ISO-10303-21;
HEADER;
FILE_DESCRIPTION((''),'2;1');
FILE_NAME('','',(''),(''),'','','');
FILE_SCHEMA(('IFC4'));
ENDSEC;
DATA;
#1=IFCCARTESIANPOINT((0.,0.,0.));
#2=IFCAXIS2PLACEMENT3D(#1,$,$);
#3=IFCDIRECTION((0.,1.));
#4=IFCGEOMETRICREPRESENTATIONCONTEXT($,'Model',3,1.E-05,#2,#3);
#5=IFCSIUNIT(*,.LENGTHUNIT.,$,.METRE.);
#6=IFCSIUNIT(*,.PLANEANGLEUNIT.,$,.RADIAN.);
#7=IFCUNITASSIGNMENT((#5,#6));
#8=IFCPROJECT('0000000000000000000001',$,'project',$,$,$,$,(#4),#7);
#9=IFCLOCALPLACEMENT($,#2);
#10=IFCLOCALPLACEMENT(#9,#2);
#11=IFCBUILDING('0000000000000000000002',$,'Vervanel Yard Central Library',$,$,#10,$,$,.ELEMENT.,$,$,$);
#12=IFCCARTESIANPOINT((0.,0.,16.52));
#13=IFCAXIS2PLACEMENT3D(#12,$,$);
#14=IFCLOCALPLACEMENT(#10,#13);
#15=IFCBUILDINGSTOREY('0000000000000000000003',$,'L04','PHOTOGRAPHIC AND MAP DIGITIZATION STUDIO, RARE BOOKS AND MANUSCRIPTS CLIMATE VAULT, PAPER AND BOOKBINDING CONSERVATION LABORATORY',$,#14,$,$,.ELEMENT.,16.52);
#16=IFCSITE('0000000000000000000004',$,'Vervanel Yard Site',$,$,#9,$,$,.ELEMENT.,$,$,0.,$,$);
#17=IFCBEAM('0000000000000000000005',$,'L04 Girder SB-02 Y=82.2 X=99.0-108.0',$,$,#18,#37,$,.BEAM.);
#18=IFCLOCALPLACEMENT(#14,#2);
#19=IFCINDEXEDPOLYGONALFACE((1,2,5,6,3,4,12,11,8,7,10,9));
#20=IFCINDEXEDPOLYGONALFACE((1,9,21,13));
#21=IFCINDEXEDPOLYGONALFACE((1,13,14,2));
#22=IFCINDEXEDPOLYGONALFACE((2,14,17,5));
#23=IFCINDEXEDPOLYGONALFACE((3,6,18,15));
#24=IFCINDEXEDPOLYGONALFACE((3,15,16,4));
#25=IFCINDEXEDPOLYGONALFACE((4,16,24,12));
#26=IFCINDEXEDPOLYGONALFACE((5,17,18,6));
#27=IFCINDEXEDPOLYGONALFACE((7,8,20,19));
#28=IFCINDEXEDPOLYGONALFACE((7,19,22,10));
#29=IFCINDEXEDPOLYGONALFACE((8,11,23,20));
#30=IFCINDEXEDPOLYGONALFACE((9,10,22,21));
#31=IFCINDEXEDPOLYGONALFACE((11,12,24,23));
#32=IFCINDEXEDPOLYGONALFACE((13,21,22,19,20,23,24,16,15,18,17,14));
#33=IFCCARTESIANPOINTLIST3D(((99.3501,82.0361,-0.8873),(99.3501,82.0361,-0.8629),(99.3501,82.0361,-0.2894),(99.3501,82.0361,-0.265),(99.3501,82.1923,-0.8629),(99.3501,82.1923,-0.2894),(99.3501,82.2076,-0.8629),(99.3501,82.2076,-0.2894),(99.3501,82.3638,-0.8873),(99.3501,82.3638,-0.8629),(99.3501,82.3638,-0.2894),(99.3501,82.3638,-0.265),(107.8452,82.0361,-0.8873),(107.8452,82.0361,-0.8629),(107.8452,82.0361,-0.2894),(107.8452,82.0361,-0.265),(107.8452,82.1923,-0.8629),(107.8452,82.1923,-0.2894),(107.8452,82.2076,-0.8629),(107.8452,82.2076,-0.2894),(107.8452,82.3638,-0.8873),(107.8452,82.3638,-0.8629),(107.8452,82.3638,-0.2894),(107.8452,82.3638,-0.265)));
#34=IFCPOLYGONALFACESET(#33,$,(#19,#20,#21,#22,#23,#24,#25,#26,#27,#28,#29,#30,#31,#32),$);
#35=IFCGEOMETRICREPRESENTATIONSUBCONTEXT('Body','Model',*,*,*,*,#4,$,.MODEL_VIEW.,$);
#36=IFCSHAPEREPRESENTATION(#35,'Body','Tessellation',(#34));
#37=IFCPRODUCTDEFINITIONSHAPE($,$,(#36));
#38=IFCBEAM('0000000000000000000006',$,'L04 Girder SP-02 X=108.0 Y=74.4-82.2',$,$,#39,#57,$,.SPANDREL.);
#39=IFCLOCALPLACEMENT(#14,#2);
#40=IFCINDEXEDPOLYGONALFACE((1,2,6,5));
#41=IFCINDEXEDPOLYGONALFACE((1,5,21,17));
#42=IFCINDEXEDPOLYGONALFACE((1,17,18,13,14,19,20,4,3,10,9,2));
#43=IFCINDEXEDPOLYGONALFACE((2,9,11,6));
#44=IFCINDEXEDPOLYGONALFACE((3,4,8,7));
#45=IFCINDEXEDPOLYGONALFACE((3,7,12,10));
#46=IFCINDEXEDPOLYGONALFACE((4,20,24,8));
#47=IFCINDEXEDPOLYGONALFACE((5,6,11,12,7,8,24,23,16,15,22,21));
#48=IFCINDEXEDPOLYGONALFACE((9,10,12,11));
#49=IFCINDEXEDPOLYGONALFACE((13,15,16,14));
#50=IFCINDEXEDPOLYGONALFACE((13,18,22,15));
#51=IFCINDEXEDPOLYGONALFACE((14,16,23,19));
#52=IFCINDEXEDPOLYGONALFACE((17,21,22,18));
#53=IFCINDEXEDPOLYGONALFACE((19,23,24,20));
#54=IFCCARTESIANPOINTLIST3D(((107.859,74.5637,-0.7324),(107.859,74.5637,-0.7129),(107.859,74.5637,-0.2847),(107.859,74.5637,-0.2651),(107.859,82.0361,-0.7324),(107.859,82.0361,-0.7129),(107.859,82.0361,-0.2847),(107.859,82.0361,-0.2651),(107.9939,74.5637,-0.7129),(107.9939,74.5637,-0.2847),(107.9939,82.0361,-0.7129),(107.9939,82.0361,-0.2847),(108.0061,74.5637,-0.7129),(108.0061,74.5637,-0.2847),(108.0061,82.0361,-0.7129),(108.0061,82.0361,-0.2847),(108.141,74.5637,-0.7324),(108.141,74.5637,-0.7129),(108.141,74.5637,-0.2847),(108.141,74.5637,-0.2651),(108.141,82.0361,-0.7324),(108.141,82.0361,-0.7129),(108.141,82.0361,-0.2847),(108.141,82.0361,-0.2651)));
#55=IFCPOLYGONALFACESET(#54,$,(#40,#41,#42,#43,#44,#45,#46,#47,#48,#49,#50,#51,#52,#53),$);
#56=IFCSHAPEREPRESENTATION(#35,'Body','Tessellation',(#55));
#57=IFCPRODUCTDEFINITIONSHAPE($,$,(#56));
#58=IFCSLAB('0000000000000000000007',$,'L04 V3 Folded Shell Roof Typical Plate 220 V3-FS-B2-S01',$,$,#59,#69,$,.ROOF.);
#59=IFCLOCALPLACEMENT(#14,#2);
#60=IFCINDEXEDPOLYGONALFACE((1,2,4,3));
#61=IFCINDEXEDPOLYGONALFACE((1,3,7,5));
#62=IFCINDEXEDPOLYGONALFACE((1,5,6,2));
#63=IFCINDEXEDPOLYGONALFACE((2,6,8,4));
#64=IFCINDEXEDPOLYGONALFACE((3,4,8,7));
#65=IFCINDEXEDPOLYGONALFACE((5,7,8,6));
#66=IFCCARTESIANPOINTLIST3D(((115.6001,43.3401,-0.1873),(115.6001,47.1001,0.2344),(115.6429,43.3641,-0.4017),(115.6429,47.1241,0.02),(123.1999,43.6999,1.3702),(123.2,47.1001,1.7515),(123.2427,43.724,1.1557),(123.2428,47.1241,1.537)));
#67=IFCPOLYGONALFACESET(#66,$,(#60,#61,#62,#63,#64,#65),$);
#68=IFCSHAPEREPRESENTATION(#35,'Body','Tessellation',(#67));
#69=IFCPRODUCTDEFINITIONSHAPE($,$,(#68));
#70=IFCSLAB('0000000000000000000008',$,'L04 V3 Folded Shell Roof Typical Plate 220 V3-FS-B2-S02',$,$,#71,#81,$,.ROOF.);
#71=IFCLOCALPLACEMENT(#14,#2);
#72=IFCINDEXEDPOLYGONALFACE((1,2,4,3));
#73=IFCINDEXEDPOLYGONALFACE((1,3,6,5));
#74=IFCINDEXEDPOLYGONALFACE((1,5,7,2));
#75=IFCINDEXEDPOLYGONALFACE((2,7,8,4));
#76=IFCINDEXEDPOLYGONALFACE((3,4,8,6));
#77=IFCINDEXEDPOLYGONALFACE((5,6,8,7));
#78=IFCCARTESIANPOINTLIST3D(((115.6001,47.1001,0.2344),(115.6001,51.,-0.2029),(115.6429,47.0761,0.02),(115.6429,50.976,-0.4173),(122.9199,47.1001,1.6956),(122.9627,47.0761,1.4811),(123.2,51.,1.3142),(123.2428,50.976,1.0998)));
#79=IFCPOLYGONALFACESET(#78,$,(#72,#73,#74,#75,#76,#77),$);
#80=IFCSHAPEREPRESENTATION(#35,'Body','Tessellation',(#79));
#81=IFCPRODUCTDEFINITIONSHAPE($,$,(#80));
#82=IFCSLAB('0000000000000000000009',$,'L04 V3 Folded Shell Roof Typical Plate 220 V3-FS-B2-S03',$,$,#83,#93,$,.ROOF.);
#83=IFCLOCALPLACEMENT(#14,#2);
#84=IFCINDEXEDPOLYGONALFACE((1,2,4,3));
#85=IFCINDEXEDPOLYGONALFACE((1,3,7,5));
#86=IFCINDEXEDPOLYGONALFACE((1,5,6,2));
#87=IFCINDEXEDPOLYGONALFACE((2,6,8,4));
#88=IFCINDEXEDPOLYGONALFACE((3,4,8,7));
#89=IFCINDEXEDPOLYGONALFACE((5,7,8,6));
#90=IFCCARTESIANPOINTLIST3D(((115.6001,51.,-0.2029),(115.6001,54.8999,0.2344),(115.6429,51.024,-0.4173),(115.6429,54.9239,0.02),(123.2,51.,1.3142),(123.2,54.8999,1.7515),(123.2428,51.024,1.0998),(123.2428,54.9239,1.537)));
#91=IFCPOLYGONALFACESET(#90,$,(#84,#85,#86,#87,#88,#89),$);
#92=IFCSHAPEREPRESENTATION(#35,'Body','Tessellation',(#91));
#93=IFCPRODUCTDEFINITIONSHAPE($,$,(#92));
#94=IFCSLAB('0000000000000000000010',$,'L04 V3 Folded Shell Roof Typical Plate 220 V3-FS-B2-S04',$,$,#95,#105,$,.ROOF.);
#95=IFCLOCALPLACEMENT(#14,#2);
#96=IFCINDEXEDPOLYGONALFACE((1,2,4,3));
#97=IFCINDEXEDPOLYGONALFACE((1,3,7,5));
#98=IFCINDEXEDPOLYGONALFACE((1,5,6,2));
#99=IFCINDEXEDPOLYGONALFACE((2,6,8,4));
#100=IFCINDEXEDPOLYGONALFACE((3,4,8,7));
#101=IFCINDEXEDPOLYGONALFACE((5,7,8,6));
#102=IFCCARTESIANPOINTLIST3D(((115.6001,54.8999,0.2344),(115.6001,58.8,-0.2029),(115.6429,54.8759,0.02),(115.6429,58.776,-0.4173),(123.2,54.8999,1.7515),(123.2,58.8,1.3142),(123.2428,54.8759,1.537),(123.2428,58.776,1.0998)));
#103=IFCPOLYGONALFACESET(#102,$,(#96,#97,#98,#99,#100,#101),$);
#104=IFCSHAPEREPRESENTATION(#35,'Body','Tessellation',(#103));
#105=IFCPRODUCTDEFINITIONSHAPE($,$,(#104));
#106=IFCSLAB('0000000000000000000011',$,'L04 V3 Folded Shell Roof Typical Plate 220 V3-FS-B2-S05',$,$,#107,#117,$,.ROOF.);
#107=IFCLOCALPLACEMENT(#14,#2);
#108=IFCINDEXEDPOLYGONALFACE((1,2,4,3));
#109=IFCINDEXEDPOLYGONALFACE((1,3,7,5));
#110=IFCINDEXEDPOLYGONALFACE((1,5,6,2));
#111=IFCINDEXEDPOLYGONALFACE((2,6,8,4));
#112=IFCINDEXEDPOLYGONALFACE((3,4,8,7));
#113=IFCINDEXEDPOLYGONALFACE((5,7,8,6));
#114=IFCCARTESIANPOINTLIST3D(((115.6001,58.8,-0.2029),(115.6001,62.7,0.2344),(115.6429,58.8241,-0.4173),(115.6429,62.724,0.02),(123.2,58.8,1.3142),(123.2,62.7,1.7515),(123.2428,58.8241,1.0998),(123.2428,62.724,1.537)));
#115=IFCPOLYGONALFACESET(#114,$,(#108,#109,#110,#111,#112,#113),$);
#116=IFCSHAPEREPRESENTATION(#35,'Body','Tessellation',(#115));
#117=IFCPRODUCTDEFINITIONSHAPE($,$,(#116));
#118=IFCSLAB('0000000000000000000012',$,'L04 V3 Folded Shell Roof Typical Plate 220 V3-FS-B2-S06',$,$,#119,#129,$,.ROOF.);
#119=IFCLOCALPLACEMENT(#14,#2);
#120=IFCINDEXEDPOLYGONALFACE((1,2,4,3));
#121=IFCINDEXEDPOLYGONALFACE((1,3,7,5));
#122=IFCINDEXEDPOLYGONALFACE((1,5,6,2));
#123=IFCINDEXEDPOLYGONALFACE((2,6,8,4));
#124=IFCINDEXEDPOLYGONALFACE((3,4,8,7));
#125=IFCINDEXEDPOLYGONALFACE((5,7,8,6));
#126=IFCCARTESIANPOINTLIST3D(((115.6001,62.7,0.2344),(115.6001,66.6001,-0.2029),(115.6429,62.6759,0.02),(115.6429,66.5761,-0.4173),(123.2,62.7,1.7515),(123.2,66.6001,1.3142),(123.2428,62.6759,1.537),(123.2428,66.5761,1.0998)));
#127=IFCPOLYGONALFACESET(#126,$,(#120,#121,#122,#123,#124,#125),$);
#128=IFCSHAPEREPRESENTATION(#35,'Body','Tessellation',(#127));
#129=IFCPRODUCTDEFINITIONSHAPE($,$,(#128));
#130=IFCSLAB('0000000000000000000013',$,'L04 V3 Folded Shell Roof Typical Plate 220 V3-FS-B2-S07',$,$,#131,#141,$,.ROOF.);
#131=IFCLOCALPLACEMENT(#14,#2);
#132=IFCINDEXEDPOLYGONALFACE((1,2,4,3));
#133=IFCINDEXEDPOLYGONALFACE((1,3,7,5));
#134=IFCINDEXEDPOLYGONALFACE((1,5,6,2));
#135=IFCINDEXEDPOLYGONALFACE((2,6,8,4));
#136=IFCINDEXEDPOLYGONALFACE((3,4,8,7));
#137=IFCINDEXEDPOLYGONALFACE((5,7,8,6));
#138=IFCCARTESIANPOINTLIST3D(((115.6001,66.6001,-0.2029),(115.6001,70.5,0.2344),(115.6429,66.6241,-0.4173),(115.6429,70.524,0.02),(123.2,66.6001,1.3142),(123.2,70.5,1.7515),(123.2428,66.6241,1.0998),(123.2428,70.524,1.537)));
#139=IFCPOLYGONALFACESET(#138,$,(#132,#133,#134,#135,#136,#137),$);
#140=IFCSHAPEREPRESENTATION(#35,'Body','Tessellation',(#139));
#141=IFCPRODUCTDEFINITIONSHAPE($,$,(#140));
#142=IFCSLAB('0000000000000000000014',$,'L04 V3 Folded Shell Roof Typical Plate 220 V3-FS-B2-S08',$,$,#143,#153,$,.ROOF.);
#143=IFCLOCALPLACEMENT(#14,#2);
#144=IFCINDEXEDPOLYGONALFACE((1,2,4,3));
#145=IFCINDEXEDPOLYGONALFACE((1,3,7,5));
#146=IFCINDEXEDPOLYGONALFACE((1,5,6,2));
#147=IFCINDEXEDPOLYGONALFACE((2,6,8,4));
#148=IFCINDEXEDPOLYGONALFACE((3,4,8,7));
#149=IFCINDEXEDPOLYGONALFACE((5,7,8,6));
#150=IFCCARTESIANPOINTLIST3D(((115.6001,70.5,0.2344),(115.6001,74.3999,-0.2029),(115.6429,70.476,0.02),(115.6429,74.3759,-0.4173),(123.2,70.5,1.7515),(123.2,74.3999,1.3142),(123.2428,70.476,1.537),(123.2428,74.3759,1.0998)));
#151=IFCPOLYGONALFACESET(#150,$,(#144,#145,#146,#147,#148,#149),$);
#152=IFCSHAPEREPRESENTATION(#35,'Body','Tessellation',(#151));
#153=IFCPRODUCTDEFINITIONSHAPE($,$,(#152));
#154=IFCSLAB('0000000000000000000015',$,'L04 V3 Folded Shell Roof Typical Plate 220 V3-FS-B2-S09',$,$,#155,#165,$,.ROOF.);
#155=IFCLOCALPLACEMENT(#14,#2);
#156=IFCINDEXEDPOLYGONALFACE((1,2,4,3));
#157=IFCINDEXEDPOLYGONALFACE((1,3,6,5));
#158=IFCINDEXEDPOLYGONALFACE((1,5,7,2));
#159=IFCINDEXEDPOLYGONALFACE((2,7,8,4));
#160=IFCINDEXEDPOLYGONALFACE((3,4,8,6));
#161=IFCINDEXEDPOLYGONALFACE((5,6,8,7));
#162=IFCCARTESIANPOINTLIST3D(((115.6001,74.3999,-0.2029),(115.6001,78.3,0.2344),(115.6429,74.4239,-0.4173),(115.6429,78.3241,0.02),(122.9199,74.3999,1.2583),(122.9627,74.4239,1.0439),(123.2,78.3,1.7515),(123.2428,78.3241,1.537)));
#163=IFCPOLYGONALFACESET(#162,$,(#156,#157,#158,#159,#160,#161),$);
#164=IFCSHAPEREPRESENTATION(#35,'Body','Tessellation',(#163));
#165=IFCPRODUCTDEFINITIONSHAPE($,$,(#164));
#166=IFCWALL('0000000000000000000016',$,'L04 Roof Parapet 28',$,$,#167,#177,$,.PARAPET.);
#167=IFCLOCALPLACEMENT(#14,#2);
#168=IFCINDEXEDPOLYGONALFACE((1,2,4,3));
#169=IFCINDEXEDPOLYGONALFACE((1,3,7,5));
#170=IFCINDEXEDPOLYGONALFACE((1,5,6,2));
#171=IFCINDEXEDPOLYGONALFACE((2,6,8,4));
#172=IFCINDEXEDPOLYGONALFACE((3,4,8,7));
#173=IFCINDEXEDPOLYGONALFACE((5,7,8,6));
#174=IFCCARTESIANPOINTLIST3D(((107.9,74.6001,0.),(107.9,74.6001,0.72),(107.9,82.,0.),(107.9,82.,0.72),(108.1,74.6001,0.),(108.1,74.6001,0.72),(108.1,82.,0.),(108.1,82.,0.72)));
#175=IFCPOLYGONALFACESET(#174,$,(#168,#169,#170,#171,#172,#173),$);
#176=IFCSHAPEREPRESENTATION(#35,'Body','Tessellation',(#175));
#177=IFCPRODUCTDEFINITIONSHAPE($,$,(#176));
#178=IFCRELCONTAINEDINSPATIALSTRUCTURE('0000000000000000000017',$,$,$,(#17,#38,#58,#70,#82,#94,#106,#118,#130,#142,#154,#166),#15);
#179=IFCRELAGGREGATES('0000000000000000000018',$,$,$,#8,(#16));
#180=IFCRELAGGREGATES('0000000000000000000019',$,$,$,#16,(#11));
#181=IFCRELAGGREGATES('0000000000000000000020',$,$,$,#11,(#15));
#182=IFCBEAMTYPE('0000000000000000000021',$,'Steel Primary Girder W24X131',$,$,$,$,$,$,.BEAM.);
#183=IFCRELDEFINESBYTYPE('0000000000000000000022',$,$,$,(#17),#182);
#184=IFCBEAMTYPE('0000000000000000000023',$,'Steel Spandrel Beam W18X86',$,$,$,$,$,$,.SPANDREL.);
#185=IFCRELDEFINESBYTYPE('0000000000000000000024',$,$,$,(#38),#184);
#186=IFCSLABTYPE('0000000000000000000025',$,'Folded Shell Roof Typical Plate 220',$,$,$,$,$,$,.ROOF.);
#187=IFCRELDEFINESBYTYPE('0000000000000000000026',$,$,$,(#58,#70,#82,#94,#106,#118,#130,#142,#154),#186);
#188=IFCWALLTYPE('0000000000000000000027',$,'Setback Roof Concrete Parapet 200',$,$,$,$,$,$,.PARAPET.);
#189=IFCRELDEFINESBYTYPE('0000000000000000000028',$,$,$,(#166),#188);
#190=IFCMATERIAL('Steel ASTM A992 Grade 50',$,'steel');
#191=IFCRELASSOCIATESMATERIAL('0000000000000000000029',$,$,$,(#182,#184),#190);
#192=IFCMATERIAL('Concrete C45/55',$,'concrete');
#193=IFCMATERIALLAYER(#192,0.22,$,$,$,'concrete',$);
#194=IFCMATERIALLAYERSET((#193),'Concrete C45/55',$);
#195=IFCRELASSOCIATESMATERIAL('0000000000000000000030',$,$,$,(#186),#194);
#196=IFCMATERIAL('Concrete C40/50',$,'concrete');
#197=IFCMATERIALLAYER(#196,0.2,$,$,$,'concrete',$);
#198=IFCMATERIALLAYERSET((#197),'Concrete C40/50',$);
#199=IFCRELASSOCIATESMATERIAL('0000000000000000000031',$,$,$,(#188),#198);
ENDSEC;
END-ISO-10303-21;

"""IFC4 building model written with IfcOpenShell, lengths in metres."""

from ifc_helpers import new_model, si_unit, direction, frame, frame_2d, origin, origin_2d, place, context, subcontext, project, spatial, polyline, rectangle, i_section, outline, extrude, material, layer, layer_set, material_profile, profile_set, type_object, element, save


model = new_model("IFC4")

# Units and contexts
model_context = context("Model", 3, precision=1e-05, world=origin(), true_north=direction((0.0, 1.0)))
body_context = subcontext(model_context, "Body", "Model", "MODEL_VIEW")
ifc_project = project(units=[si_unit("LENGTHUNIT", "METRE"), si_unit("PLANEANGLEUNIT", "RADIAN")], contexts=[model_context])

# Site, building, storey
site_placement = place(None, origin())
site = spatial("IfcSite", under=ifc_project, at=site_placement, Name="Vervanel Yard Site", CompositionType="ELEMENT", RefElevation=0.0)
building_placement = place(site_placement, origin())
building = spatial("IfcBuilding", under=site, at=building_placement, Name="Vervanel Yard Central Library", CompositionType="ELEMENT")
storey_placement = place(building_placement, frame((0.0, 0.0, 16.52)))
storey = spatial("IfcBuildingStorey", under=building, at=storey_placement, Name="L04", Description="PHOTOGRAPHIC AND MAP DIGITIZATION STUDIO, RARE BOOKS AND MANUSCRIPTS CLIMATE VAULT, PAPER AND BOOKBINDING CONSERVATION LABORATORY", CompositionType="ELEMENT", Elevation=16.52)

# Beams
ifc_material_1 = material(Name="Steel ASTM A992 Grade 50", Category="steel")
ifc_material_profile_1 = material_profile(ifc_material_1, i_section(OverallWidth=0.3276, OverallDepth=0.6223, WebThickness=0.0154, FlangeThickness=0.0244, at=origin_2d()), Name="W24X131", Category="steel")
ifc_profile_set_1 = profile_set([ifc_material_profile_1], Name="Steel ASTM A992 Grade 50")
beam_type_1 = type_object("IfcBeamType", Name="Steel Primary Girder W24X131", PredefinedType="BEAM", material=ifc_profile_set_1)
beam_1_placement = place(storey_placement, frame((99.3501, 82.2, -0.5762), z_axis=(1.0, 0.0, 0.0), x_axis=(0.0, 1.0, 0.0)))
element("IfcBeam", 1, at=beam_1_placement, inside=storey, type_object=beam_type_1, Name="L04 Girder SB-02 Y=82.2 X=99.0-108.0", PredefinedType="BEAM", context=body_context, shape_type="SweptSolid", body=[
    extrude(i_section(OverallWidth=0.3276, OverallDepth=0.6223, WebThickness=0.0154, FlangeThickness=0.0244, at=origin_2d()), origin(), (0.0, 0.0, 1.0), 8.4951),
])
ifc_material_profile_2 = material_profile(ifc_material_1, i_section(OverallWidth=0.282, OverallDepth=0.4673, WebThickness=0.0122, FlangeThickness=0.0195, at=origin_2d()), Name="W18X86", Category="steel")
ifc_profile_set_2 = profile_set([ifc_material_profile_2], Name="Steel ASTM A992 Grade 50")
beam_type_2 = type_object("IfcBeamType", Name="Steel Spandrel Beam W18X86", PredefinedType="SPANDREL", material=ifc_profile_set_2)
beam_2_placement = place(storey_placement, frame((108.0, 74.5637, -0.4988), z_axis=(0.0, 1.0, 0.0), x_axis=(-1.0, 0.0, 0.0)))
element("IfcBeam", 2, at=beam_2_placement, inside=storey, type_object=beam_type_2, Name="L04 Girder SP-02 X=108.0 Y=74.4-82.2", PredefinedType="SPANDREL", context=body_context, shape_type="SweptSolid", body=[
    extrude(i_section(OverallWidth=0.282, OverallDepth=0.4673, WebThickness=0.0122, FlangeThickness=0.0195, at=origin_2d()), origin(), (0.0, 0.0, 1.0), 7.4724),
])

# Slabs
ifc_material_2 = material(Name="Concrete C45/55", Category="concrete")
ifc_layer_1 = layer(ifc_material_2, 0.22, Category="concrete")
ifc_layer_set_1 = layer_set([ifc_layer_1], Name="Concrete C45/55")
slab_type = type_object("IfcSlabType", Name="Folded Shell Roof Typical Plate 220", PredefinedType="ROOF", material=ifc_layer_set_1)
slab_1_placement = place(storey_placement, frame((115.6001, 43.3401, -0.1873), z_axis=(-0.194581, -0.109317, 0.974776), x_axis=(0.978589, 0.046337, 0.200539)))
element("IfcSlab", 3, at=slab_1_placement, inside=storey, type_object=slab_type, Name="L04 V3 Folded Shell Roof Typical Plate 220 V3-FS-B2-S01", PredefinedType="ROOF", context=body_context, shape_type="SweptSolid", body=[
    extrude(outline(polyline([(0.0, 0.0), (7.7661, 0.0), (8.0002, 3.4135), (0.2588, 3.7747), (0.0, 0.0)])), origin(), (0.0, 0.0, -1.0), 0.22),
])
slab_2_placement = place(storey_placement, frame((115.6001, 47.1001, 0.2344), z_axis=(-0.194586, 0.109291, 0.974778), x_axis=(0.980652, 0.0, 0.195758)))
element("IfcSlab", 4, at=slab_2_placement, inside=storey, type_object=slab_type, Name="L04 V3 Folded Shell Roof Typical Plate 220 V3-FS-B2-S02", PredefinedType="ROOF", context=body_context, shape_type="SweptSolid", body=[
    extrude(outline(polyline([(0.0, 0.0), (7.4642, 0.0), (7.6642, 3.9234), (-0.0856, 3.9234), (0.0, 0.0)])), origin(), (0.0, 0.0, -1.0), 0.22),
])
slab_3_placement = place(storey_placement, frame((115.6001, 51.0, -0.2029), z_axis=(-0.194586, -0.109292, 0.974778), x_axis=(0.980652, 0.0, 0.195759)))
element("IfcSlab", 5, at=slab_3_placement, inside=storey, type_object=slab_type, Name="L04 V3 Folded Shell Roof Typical Plate 220 V3-FS-B2-S03", PredefinedType="ROOF", context=body_context, shape_type="SweptSolid", body=[
    extrude(outline(polyline([(0.0, 0.0), (7.7498, 0.0), (7.8354, 3.9234), (0.0856, 3.9234), (0.0, 0.0)])), origin(), (0.0, 0.0, -1.0), 0.22),
])
slab_4_placement = place(storey_placement, frame((115.6001, 54.8999, 0.2344), z_axis=(-0.194586, 0.109285, 0.974778), x_axis=(0.980652, 0.0, 0.195759)))
element("IfcSlab", 6, at=slab_4_placement, inside=storey, type_object=slab_type, Name="L04 V3 Folded Shell Roof Typical Plate 220 V3-FS-B2-S04", PredefinedType="ROOF", context=body_context, shape_type="SweptSolid", body=[
    extrude(outline(polyline([(0.0, 0.0), (7.7498, 0.0), (7.6642, 3.9236), (-0.0856, 3.9236), (0.0, 0.0)])), origin(), (0.0, 0.0, -1.0), 0.22),
])
slab_5_placement = place(storey_placement, frame((115.6001, 58.8, -0.2029), z_axis=(-0.194586, -0.109292, 0.974778), x_axis=(0.980652, 0.0, 0.195759)))
element("IfcSlab", 7, at=slab_5_placement, inside=storey, type_object=slab_type, Name="L04 V3 Folded Shell Roof Typical Plate 220 V3-FS-B2-S05", PredefinedType="ROOF", context=body_context, shape_type="SweptSolid", body=[
    extrude(outline(polyline([(0.0, 0.0), (7.7498, 0.0), (7.8354, 3.9234), (0.0856, 3.9234), (0.0, 0.0)])), origin(), (0.0, 0.0, -1.0), 0.22),
])
slab_6_placement = place(storey_placement, frame((115.6001, 62.7, 0.2344), z_axis=(-0.194586, 0.109285, 0.974778), x_axis=(0.980652, 0.0, 0.195759)))
element("IfcSlab", 8, at=slab_6_placement, inside=storey, type_object=slab_type, Name="L04 V3 Folded Shell Roof Typical Plate 220 V3-FS-B2-S06", PredefinedType="ROOF", context=body_context, shape_type="SweptSolid", body=[
    extrude(outline(polyline([(0.0, 0.0), (7.7498, 0.0), (7.6642, 3.9236), (-0.0856, 3.9236), (0.0, 0.0)])), origin(), (0.0, 0.0, -1.0), 0.22),
])
slab_7_placement = place(storey_placement, frame((115.6001, 66.6001, -0.2029), z_axis=(-0.194586, -0.109292, 0.974778), x_axis=(0.980652, 0.0, 0.195759)))
element("IfcSlab", 9, at=slab_7_placement, inside=storey, type_object=slab_type, Name="L04 V3 Folded Shell Roof Typical Plate 220 V3-FS-B2-S07", PredefinedType="ROOF", context=body_context, shape_type="SweptSolid", body=[
    extrude(outline(polyline([(0.0, 0.0), (7.7498, 0.0), (7.8354, 3.9234), (0.0856, 3.9234), (0.0, 0.0)])), origin(), (0.0, 0.0, -1.0), 0.22),
])
slab_8_placement = place(storey_placement, frame((115.6001, 70.5, 0.2344), z_axis=(-0.194586, 0.109292, 0.974778), x_axis=(0.980652, 0.0, 0.195759)))
element("IfcSlab", 10, at=slab_8_placement, inside=storey, type_object=slab_type, Name="L04 V3 Folded Shell Roof Typical Plate 220 V3-FS-B2-S08", PredefinedType="ROOF", context=body_context, shape_type="SweptSolid", body=[
    extrude(outline(polyline([(0.0, 0.0), (7.7498, 0.0), (7.6642, 3.9234), (-0.0856, 3.9234), (0.0, 0.0)])), origin(), (0.0, 0.0, -1.0), 0.22),
])
slab_9_placement = place(storey_placement, frame((115.6001, 74.3999, -0.2029), z_axis=(-0.194586, -0.109286, 0.974778), x_axis=(0.980652, 0.0, 0.195758)))
element("IfcSlab", 11, at=slab_9_placement, inside=storey, type_object=slab_type, Name="L04 V3 Folded Shell Roof Typical Plate 220 V3-FS-B2-S09", PredefinedType="ROOF", context=body_context, shape_type="SweptSolid", body=[
    extrude(outline(polyline([(0.0, 0.0), (7.4642, 0.0), (7.8354, 3.9236), (0.0856, 3.9236), (0.0, 0.0)])), origin(), (0.0, 0.0, -1.0), 0.22),
])

# Wall
ifc_material_3 = material(Name="Concrete C40/50", Category="concrete")
ifc_layer_2 = layer(ifc_material_3, 0.2, Category="concrete")
ifc_layer_set_2 = layer_set([ifc_layer_2], Name="Concrete C40/50")
wall_type = type_object("IfcWallType", Name="Setback Roof Concrete Parapet 200", PredefinedType="PARAPET", material=ifc_layer_set_2)
wall_placement = place(storey_placement, frame((108.0, 74.6001, 0.0), z_axis=(0.0, 0.0, 1.0), x_axis=(0.0, 1.0, 0.0)))
element("IfcWall", 12, at=wall_placement, inside=storey, type_object=wall_type, Name="L04 Roof Parapet 28", PredefinedType="PARAPET", context=body_context, shape_type="SweptSolid", body=[
    extrude(rectangle(XDim=7.3999, YDim=0.2, at=frame_2d((3.7, 0.0))), origin(), (0.0, 0.0, 1.0), 0.72),
])

save(model, "model.ifc")
